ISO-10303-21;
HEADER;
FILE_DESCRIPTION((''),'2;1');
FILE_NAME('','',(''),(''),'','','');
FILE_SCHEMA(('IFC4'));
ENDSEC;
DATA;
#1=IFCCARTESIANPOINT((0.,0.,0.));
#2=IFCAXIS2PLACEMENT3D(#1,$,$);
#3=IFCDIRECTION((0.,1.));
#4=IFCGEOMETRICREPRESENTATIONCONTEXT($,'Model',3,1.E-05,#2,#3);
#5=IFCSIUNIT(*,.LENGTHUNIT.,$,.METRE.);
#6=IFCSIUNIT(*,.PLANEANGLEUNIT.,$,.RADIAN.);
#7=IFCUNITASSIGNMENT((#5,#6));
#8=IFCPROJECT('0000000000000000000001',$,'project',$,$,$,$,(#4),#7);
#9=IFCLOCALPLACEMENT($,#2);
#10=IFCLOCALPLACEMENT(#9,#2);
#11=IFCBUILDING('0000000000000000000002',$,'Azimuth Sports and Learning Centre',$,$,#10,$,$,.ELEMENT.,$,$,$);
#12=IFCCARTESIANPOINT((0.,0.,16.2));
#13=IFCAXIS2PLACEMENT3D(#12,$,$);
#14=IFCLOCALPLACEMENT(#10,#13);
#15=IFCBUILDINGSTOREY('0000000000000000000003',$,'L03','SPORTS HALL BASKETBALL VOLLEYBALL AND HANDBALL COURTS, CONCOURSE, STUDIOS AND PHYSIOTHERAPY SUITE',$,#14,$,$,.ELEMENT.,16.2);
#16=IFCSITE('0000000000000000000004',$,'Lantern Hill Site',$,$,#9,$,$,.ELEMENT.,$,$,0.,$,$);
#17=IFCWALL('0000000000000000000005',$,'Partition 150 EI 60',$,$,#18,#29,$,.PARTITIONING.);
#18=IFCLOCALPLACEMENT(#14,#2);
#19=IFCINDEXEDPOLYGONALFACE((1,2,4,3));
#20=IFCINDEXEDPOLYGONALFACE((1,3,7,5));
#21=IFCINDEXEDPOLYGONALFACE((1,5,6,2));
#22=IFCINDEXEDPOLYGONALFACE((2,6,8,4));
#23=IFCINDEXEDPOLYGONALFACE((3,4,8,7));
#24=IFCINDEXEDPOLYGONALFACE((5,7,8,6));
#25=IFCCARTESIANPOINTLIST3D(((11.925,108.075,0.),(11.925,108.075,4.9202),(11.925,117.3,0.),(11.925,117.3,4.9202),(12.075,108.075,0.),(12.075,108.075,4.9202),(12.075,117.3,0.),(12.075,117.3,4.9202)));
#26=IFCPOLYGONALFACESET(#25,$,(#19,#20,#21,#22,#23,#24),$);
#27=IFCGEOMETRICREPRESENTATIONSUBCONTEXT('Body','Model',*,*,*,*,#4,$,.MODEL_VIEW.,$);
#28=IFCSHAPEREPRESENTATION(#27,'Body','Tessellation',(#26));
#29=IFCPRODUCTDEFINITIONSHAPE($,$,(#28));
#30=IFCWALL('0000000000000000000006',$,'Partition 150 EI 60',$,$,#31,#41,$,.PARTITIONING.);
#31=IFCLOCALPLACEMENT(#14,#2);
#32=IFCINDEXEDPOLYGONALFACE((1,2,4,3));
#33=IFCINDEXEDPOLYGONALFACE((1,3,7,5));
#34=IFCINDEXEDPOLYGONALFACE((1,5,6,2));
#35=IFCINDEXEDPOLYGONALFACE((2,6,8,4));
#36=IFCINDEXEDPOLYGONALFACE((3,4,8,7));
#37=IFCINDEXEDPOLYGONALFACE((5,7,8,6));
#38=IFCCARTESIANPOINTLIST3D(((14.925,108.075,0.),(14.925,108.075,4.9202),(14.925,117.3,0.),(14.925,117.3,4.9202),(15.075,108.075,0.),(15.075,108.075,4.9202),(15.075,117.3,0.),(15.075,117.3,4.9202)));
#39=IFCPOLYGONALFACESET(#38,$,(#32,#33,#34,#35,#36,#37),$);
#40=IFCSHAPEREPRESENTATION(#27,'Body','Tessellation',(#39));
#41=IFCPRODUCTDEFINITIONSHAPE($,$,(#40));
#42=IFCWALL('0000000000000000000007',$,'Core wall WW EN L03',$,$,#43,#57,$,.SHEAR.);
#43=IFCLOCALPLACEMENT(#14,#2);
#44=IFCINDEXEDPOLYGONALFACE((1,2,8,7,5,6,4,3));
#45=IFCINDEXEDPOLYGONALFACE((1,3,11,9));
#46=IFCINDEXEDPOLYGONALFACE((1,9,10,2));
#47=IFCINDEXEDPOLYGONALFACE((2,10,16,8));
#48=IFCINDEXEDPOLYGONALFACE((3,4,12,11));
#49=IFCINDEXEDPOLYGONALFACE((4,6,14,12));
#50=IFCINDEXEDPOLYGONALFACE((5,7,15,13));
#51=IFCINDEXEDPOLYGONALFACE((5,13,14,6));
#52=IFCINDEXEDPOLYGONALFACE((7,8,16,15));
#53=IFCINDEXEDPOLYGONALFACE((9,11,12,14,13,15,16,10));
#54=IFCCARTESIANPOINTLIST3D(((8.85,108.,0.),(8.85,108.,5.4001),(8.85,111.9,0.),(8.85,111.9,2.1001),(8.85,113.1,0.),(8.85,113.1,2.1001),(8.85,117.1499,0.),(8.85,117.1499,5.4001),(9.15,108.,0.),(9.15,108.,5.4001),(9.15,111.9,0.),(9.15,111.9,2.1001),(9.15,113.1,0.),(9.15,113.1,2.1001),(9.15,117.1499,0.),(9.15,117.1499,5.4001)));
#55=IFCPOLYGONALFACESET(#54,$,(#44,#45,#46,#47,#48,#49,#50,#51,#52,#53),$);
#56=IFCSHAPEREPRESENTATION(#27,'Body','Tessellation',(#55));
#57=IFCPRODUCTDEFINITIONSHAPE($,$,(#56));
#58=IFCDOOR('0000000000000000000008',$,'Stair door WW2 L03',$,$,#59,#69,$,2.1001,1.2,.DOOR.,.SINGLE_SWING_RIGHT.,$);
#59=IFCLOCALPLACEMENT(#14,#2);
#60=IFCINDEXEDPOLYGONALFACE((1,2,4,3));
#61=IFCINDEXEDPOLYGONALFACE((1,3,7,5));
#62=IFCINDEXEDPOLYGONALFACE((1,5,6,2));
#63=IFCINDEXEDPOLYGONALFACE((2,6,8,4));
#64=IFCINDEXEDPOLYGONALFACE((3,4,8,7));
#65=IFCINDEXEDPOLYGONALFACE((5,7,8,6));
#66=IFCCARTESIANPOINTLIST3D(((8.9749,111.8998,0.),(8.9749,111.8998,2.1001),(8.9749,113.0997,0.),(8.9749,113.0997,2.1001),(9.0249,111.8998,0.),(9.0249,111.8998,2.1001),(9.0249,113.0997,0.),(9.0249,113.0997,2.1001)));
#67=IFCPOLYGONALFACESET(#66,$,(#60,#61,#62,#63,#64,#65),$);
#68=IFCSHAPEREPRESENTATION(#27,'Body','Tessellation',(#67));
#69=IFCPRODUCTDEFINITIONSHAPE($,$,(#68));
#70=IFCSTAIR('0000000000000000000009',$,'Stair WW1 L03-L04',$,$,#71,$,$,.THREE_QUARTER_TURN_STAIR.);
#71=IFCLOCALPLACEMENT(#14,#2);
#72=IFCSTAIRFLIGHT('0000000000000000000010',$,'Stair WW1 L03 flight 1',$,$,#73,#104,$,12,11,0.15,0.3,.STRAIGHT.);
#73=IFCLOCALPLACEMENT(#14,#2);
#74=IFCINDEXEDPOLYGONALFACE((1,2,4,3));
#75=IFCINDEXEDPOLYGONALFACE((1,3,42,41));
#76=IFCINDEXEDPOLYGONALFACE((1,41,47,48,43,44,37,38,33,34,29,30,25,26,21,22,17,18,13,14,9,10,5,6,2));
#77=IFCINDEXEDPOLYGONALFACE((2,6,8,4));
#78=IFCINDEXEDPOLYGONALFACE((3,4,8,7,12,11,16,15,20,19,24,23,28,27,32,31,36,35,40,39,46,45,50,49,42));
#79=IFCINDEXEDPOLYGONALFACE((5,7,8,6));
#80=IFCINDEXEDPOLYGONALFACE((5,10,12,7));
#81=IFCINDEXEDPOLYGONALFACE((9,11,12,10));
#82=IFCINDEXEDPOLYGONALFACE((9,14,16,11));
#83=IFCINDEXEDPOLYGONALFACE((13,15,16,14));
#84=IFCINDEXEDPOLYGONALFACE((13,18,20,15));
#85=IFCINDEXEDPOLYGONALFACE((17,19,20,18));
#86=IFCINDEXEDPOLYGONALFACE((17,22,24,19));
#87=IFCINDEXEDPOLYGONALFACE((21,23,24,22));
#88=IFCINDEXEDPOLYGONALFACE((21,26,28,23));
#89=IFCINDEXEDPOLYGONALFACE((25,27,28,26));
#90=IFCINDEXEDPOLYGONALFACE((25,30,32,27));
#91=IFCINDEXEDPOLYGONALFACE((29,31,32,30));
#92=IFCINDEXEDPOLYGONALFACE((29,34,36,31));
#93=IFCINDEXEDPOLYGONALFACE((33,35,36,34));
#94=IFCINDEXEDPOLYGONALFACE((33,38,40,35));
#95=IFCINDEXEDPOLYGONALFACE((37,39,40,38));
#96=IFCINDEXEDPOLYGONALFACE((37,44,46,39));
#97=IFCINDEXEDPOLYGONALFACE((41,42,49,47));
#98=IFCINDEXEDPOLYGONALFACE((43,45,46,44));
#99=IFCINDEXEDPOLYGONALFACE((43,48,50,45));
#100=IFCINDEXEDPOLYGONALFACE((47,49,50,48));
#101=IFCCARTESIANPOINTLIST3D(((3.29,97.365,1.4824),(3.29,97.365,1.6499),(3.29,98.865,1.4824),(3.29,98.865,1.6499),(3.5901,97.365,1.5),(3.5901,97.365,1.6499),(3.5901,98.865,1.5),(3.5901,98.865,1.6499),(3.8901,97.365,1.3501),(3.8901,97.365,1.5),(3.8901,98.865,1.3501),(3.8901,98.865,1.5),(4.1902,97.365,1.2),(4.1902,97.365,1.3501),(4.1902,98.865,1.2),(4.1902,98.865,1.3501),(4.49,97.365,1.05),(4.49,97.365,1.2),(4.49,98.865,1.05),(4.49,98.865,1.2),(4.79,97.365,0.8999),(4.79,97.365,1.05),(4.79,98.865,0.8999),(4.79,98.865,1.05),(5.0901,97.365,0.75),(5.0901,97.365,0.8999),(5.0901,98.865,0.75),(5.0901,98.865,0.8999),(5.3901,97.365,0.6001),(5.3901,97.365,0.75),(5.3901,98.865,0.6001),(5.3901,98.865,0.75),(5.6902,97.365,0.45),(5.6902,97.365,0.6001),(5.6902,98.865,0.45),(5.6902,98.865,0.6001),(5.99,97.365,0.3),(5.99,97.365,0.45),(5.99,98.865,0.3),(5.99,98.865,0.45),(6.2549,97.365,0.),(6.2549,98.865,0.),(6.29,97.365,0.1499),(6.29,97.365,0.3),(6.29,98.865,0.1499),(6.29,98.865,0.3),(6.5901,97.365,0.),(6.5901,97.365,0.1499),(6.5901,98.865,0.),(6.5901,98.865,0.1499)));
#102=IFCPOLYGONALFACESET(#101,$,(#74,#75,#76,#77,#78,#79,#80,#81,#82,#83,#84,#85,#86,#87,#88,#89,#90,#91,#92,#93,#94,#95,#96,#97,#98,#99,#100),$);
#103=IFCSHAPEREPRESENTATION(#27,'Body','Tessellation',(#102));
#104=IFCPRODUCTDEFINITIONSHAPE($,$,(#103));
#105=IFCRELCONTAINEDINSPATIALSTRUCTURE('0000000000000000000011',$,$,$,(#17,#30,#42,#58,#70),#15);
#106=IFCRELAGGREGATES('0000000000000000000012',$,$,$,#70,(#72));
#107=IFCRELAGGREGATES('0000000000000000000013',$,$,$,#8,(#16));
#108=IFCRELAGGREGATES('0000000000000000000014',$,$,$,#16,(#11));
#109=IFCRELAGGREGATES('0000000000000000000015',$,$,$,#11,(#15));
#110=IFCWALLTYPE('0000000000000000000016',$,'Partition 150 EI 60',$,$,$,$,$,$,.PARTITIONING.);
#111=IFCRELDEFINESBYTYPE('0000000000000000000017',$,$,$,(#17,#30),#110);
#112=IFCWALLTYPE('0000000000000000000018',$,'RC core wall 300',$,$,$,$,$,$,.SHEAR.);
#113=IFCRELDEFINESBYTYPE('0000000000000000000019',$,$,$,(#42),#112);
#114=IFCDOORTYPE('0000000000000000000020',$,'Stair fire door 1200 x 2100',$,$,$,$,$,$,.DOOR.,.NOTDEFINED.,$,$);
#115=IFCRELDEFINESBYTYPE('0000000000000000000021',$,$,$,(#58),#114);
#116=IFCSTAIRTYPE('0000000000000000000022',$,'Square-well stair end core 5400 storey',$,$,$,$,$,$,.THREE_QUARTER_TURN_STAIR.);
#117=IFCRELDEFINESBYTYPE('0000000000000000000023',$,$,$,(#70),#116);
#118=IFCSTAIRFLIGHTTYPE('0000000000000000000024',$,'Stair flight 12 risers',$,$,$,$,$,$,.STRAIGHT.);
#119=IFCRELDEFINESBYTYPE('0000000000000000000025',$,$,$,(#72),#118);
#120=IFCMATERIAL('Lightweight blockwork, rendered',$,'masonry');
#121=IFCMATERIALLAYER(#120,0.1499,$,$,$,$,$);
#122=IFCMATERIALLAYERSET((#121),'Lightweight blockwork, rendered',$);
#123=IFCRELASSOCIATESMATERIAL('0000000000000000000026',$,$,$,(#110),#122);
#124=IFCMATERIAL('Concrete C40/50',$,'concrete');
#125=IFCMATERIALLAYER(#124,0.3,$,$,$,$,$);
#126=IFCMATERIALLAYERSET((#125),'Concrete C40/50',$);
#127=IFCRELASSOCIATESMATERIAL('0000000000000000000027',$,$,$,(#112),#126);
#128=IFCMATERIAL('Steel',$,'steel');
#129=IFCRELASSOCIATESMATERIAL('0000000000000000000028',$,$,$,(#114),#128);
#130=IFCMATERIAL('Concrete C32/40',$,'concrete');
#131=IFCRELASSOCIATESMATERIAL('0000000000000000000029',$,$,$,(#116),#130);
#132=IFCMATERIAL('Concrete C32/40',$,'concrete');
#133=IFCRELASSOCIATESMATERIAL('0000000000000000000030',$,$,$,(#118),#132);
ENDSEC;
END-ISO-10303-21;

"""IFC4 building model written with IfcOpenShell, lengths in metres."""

from ifc_helpers import new_model, si_unit, direction, frame, frame_2d, origin, place, context, subcontext, project, spatial, polyline, rectangle, outline, extrude, material, layer, layer_set, type_object, element, fill, aggregate, save


model = new_model("IFC4")

# Units and contexts
model_context = context("Model", 3, precision=1e-05, world=origin(), true_north=direction((0.0, 1.0)))
body_context = subcontext(model_context, "Body", "Model", "MODEL_VIEW")
ifc_project = project(units=[si_unit("LENGTHUNIT", "METRE"), si_unit("PLANEANGLEUNIT", "RADIAN")], contexts=[model_context])

# Site, building, storey
site_placement = place(None, origin())
site = spatial("IfcSite", under=ifc_project, at=site_placement, Name="Lantern Hill Site", CompositionType="ELEMENT", RefElevation=0.0)
building_placement = place(site_placement, origin())
building = spatial("IfcBuilding", under=site, at=building_placement, Name="Azimuth Sports and Learning Centre", CompositionType="ELEMENT")
storey_placement = place(building_placement, frame((0.0, 0.0, 16.2)))
storey = spatial("IfcBuildingStorey", under=building, at=storey_placement, Name="L03", Description="SPORTS HALL BASKETBALL VOLLEYBALL AND HANDBALL COURTS, CONCOURSE, STUDIOS AND PHYSIOTHERAPY SUITE", CompositionType="ELEMENT", Elevation=16.2)

# Shared definitions
ifc_material_1 = material(Name="Lightweight blockwork, rendered", Category="masonry")
ifc_layer_1 = layer(ifc_material_1, 0.1499)
ifc_layer_set_1 = layer_set([ifc_layer_1], Name="Lightweight blockwork, rendered")
wall_type_1 = type_object("IfcWallType", Name="Partition 150 EI 60", PredefinedType="PARTITIONING", material=ifc_layer_set_1)

# Walls
for number, where, z_axis, x_axis, name in (
    (1, (12.0, 108.075, 0.0), (0.0, 0.0, 1.0), (0.0, 1.0, 0.0), "Partition 150 EI 60"),
    (2, (15.0, 108.075, 0.0), (0.0, 0.0, 1.0), (0.0, 1.0, 0.0), "Partition 150 EI 60"),
):
    element("IfcWall", number, at=place(storey_placement, frame(where, z_axis=z_axis, x_axis=x_axis)), inside=storey, type_object=wall_type_1, Name=name, PredefinedType="PARTITIONING", context=body_context, shape_type="SweptSolid", body=[
        extrude(rectangle(XDim=9.2251, YDim=0.1499, at=frame_2d((4.6125, 0.0))), origin(), (0.0, 0.0, 1.0), 4.9202),
    ])

# Wall, opening, door
ifc_material_2 = material(Name="Concrete C40/50", Category="concrete")
ifc_layer_2 = layer(ifc_material_2, 0.3)
ifc_layer_set_2 = layer_set([ifc_layer_2], Name="Concrete C40/50")
wall_type_2 = type_object("IfcWallType", Name="RC core wall 300", PredefinedType="SHEAR", material=ifc_layer_set_2)
wall_1_placement = place(storey_placement, frame((9.0, 108.0, 0.0), z_axis=(0.0, 0.0, 1.0), x_axis=(0.0, 1.0, 0.0)))
wall_1 = element("IfcWall", 3, at=wall_1_placement, inside=storey, type_object=wall_type_2, Name="Core wall WW EN L03", PredefinedType="SHEAR", context=body_context, shape_type="SweptSolid", body=[
    extrude(rectangle(XDim=9.1499, YDim=0.3, at=frame_2d((4.575, 0.0))), origin(), (0.0, 0.0, 1.0), 5.4001),
])
opening_1_placement = place(wall_1_placement, frame((3.8999, 0.0, 0.0)))
opening_1 = element("IfcOpeningElement", 4, at=opening_1_placement, cuts=wall_1, PredefinedType="OPENING", context=body_context, shape_type="SweptSolid", body=[
    extrude(rectangle(XDim=1.2, YDim=2.1001, at=frame_2d((0.6001, 1.05))), frame((0.0, 0.1611, 0.0), z_axis=(0.0, -1.0, 0.0), x_axis=(1.0, 0.0, 0.0)), (0.0, 0.0, 1.0), 0.322),
])
ifc_material_3 = material(Name="Steel", Category="steel")
door_type_1 = type_object("IfcDoorType", Name="Stair fire door 1200 x 2100", OperationType="NOTDEFINED", PredefinedType="DOOR", material=ifc_material_3)
door_1_placement = place(opening_1_placement, frame((1.2, 0.0, 0.0), z_axis=(0.0, 0.0, 1.0), x_axis=(-1.0, 0.0, 0.0)))
door_1 = element("IfcDoor", 5, at=door_1_placement, inside=storey, type_object=door_type_1, Name="Stair door WW2 L03", OperationType="SINGLE_SWING_RIGHT", OverallHeight=2.1001, OverallWidth=1.2, PredefinedType="DOOR", context=body_context, shape_type="SweptSolid", body=[
    extrude(rectangle(XDim=1.2, YDim=2.1001, at=frame_2d((0.6001, 1.05))), frame((0.0, 0.0249, 0.0), z_axis=(0.0, -1.0, 0.0), x_axis=(1.0, 0.0, 0.0)), (0.0, 0.0, 1.0), 0.05),
])
fill(opening_1, door_1)

# Stair, stair flight
ifc_material_4 = material(Name="Concrete C32/40", Category="concrete")
stair_type = type_object("IfcStairType", Name="Square-well stair end core 5400 storey", PredefinedType="THREE_QUARTER_TURN_STAIR", material=ifc_material_4)
stair_placement = place(storey_placement, origin())
stair = element("IfcStair", 6, at=stair_placement, inside=storey, type_object=stair_type, Name="Stair WW1 L03-L04", PredefinedType="THREE_QUARTER_TURN_STAIR")
ifc_material_5 = material(Name="Concrete C32/40", Category="concrete")
stair_flight_type = type_object("IfcStairFlightType", Name="Stair flight 12 risers", PredefinedType="STRAIGHT", material=ifc_material_5)
stair_flight_placement = place(storey_placement, frame((6.5901, 98.115, 0.0), z_axis=(0.0, 0.0, 1.0), x_axis=(-1.0, 0.0, 0.0)))
stair_flight = element("IfcStairFlight", 7, at=stair_flight_placement, type_object=stair_flight_type, Name="Stair WW1 L03 flight 1", NumberOfRisers=12, NumberOfTreads=11, PredefinedType="STRAIGHT", RiserHeight=0.15, TreadLength=0.3, context=body_context, shape_type="SweptSolid", body=[
    extrude(outline(polyline([(0.0, 0.0), (0.0, 0.1499), (0.3, 0.1499), (0.3, 0.3), (0.6001, 0.3), (0.6001, 0.45), (0.8999, 0.45), (0.8999, 0.6001), (1.2, 0.6001), (1.2, 0.75), (1.5, 0.75), (1.5, 0.8999), (1.8, 0.8999), (1.8, 1.05), (2.1001, 1.05), (2.1001, 1.2), (2.3999, 1.2), (2.3999, 1.3501), (2.7, 1.3501), (2.7, 1.5), (3.0, 1.5), (3.0, 1.6499), (3.3, 1.6499), (3.3, 1.8), (3.3, 1.4824), (0.3352, 0.0), (0.0, 0.0)])), frame((0.0, 0.75, 0.0), z_axis=(0.0, -1.0, 0.0), x_axis=(1.0, 0.0, 0.0)), (0.0, 0.0, 1.0), 1.5),
])
aggregate(stair, [stair_flight])

save(model, "model.ifc")
